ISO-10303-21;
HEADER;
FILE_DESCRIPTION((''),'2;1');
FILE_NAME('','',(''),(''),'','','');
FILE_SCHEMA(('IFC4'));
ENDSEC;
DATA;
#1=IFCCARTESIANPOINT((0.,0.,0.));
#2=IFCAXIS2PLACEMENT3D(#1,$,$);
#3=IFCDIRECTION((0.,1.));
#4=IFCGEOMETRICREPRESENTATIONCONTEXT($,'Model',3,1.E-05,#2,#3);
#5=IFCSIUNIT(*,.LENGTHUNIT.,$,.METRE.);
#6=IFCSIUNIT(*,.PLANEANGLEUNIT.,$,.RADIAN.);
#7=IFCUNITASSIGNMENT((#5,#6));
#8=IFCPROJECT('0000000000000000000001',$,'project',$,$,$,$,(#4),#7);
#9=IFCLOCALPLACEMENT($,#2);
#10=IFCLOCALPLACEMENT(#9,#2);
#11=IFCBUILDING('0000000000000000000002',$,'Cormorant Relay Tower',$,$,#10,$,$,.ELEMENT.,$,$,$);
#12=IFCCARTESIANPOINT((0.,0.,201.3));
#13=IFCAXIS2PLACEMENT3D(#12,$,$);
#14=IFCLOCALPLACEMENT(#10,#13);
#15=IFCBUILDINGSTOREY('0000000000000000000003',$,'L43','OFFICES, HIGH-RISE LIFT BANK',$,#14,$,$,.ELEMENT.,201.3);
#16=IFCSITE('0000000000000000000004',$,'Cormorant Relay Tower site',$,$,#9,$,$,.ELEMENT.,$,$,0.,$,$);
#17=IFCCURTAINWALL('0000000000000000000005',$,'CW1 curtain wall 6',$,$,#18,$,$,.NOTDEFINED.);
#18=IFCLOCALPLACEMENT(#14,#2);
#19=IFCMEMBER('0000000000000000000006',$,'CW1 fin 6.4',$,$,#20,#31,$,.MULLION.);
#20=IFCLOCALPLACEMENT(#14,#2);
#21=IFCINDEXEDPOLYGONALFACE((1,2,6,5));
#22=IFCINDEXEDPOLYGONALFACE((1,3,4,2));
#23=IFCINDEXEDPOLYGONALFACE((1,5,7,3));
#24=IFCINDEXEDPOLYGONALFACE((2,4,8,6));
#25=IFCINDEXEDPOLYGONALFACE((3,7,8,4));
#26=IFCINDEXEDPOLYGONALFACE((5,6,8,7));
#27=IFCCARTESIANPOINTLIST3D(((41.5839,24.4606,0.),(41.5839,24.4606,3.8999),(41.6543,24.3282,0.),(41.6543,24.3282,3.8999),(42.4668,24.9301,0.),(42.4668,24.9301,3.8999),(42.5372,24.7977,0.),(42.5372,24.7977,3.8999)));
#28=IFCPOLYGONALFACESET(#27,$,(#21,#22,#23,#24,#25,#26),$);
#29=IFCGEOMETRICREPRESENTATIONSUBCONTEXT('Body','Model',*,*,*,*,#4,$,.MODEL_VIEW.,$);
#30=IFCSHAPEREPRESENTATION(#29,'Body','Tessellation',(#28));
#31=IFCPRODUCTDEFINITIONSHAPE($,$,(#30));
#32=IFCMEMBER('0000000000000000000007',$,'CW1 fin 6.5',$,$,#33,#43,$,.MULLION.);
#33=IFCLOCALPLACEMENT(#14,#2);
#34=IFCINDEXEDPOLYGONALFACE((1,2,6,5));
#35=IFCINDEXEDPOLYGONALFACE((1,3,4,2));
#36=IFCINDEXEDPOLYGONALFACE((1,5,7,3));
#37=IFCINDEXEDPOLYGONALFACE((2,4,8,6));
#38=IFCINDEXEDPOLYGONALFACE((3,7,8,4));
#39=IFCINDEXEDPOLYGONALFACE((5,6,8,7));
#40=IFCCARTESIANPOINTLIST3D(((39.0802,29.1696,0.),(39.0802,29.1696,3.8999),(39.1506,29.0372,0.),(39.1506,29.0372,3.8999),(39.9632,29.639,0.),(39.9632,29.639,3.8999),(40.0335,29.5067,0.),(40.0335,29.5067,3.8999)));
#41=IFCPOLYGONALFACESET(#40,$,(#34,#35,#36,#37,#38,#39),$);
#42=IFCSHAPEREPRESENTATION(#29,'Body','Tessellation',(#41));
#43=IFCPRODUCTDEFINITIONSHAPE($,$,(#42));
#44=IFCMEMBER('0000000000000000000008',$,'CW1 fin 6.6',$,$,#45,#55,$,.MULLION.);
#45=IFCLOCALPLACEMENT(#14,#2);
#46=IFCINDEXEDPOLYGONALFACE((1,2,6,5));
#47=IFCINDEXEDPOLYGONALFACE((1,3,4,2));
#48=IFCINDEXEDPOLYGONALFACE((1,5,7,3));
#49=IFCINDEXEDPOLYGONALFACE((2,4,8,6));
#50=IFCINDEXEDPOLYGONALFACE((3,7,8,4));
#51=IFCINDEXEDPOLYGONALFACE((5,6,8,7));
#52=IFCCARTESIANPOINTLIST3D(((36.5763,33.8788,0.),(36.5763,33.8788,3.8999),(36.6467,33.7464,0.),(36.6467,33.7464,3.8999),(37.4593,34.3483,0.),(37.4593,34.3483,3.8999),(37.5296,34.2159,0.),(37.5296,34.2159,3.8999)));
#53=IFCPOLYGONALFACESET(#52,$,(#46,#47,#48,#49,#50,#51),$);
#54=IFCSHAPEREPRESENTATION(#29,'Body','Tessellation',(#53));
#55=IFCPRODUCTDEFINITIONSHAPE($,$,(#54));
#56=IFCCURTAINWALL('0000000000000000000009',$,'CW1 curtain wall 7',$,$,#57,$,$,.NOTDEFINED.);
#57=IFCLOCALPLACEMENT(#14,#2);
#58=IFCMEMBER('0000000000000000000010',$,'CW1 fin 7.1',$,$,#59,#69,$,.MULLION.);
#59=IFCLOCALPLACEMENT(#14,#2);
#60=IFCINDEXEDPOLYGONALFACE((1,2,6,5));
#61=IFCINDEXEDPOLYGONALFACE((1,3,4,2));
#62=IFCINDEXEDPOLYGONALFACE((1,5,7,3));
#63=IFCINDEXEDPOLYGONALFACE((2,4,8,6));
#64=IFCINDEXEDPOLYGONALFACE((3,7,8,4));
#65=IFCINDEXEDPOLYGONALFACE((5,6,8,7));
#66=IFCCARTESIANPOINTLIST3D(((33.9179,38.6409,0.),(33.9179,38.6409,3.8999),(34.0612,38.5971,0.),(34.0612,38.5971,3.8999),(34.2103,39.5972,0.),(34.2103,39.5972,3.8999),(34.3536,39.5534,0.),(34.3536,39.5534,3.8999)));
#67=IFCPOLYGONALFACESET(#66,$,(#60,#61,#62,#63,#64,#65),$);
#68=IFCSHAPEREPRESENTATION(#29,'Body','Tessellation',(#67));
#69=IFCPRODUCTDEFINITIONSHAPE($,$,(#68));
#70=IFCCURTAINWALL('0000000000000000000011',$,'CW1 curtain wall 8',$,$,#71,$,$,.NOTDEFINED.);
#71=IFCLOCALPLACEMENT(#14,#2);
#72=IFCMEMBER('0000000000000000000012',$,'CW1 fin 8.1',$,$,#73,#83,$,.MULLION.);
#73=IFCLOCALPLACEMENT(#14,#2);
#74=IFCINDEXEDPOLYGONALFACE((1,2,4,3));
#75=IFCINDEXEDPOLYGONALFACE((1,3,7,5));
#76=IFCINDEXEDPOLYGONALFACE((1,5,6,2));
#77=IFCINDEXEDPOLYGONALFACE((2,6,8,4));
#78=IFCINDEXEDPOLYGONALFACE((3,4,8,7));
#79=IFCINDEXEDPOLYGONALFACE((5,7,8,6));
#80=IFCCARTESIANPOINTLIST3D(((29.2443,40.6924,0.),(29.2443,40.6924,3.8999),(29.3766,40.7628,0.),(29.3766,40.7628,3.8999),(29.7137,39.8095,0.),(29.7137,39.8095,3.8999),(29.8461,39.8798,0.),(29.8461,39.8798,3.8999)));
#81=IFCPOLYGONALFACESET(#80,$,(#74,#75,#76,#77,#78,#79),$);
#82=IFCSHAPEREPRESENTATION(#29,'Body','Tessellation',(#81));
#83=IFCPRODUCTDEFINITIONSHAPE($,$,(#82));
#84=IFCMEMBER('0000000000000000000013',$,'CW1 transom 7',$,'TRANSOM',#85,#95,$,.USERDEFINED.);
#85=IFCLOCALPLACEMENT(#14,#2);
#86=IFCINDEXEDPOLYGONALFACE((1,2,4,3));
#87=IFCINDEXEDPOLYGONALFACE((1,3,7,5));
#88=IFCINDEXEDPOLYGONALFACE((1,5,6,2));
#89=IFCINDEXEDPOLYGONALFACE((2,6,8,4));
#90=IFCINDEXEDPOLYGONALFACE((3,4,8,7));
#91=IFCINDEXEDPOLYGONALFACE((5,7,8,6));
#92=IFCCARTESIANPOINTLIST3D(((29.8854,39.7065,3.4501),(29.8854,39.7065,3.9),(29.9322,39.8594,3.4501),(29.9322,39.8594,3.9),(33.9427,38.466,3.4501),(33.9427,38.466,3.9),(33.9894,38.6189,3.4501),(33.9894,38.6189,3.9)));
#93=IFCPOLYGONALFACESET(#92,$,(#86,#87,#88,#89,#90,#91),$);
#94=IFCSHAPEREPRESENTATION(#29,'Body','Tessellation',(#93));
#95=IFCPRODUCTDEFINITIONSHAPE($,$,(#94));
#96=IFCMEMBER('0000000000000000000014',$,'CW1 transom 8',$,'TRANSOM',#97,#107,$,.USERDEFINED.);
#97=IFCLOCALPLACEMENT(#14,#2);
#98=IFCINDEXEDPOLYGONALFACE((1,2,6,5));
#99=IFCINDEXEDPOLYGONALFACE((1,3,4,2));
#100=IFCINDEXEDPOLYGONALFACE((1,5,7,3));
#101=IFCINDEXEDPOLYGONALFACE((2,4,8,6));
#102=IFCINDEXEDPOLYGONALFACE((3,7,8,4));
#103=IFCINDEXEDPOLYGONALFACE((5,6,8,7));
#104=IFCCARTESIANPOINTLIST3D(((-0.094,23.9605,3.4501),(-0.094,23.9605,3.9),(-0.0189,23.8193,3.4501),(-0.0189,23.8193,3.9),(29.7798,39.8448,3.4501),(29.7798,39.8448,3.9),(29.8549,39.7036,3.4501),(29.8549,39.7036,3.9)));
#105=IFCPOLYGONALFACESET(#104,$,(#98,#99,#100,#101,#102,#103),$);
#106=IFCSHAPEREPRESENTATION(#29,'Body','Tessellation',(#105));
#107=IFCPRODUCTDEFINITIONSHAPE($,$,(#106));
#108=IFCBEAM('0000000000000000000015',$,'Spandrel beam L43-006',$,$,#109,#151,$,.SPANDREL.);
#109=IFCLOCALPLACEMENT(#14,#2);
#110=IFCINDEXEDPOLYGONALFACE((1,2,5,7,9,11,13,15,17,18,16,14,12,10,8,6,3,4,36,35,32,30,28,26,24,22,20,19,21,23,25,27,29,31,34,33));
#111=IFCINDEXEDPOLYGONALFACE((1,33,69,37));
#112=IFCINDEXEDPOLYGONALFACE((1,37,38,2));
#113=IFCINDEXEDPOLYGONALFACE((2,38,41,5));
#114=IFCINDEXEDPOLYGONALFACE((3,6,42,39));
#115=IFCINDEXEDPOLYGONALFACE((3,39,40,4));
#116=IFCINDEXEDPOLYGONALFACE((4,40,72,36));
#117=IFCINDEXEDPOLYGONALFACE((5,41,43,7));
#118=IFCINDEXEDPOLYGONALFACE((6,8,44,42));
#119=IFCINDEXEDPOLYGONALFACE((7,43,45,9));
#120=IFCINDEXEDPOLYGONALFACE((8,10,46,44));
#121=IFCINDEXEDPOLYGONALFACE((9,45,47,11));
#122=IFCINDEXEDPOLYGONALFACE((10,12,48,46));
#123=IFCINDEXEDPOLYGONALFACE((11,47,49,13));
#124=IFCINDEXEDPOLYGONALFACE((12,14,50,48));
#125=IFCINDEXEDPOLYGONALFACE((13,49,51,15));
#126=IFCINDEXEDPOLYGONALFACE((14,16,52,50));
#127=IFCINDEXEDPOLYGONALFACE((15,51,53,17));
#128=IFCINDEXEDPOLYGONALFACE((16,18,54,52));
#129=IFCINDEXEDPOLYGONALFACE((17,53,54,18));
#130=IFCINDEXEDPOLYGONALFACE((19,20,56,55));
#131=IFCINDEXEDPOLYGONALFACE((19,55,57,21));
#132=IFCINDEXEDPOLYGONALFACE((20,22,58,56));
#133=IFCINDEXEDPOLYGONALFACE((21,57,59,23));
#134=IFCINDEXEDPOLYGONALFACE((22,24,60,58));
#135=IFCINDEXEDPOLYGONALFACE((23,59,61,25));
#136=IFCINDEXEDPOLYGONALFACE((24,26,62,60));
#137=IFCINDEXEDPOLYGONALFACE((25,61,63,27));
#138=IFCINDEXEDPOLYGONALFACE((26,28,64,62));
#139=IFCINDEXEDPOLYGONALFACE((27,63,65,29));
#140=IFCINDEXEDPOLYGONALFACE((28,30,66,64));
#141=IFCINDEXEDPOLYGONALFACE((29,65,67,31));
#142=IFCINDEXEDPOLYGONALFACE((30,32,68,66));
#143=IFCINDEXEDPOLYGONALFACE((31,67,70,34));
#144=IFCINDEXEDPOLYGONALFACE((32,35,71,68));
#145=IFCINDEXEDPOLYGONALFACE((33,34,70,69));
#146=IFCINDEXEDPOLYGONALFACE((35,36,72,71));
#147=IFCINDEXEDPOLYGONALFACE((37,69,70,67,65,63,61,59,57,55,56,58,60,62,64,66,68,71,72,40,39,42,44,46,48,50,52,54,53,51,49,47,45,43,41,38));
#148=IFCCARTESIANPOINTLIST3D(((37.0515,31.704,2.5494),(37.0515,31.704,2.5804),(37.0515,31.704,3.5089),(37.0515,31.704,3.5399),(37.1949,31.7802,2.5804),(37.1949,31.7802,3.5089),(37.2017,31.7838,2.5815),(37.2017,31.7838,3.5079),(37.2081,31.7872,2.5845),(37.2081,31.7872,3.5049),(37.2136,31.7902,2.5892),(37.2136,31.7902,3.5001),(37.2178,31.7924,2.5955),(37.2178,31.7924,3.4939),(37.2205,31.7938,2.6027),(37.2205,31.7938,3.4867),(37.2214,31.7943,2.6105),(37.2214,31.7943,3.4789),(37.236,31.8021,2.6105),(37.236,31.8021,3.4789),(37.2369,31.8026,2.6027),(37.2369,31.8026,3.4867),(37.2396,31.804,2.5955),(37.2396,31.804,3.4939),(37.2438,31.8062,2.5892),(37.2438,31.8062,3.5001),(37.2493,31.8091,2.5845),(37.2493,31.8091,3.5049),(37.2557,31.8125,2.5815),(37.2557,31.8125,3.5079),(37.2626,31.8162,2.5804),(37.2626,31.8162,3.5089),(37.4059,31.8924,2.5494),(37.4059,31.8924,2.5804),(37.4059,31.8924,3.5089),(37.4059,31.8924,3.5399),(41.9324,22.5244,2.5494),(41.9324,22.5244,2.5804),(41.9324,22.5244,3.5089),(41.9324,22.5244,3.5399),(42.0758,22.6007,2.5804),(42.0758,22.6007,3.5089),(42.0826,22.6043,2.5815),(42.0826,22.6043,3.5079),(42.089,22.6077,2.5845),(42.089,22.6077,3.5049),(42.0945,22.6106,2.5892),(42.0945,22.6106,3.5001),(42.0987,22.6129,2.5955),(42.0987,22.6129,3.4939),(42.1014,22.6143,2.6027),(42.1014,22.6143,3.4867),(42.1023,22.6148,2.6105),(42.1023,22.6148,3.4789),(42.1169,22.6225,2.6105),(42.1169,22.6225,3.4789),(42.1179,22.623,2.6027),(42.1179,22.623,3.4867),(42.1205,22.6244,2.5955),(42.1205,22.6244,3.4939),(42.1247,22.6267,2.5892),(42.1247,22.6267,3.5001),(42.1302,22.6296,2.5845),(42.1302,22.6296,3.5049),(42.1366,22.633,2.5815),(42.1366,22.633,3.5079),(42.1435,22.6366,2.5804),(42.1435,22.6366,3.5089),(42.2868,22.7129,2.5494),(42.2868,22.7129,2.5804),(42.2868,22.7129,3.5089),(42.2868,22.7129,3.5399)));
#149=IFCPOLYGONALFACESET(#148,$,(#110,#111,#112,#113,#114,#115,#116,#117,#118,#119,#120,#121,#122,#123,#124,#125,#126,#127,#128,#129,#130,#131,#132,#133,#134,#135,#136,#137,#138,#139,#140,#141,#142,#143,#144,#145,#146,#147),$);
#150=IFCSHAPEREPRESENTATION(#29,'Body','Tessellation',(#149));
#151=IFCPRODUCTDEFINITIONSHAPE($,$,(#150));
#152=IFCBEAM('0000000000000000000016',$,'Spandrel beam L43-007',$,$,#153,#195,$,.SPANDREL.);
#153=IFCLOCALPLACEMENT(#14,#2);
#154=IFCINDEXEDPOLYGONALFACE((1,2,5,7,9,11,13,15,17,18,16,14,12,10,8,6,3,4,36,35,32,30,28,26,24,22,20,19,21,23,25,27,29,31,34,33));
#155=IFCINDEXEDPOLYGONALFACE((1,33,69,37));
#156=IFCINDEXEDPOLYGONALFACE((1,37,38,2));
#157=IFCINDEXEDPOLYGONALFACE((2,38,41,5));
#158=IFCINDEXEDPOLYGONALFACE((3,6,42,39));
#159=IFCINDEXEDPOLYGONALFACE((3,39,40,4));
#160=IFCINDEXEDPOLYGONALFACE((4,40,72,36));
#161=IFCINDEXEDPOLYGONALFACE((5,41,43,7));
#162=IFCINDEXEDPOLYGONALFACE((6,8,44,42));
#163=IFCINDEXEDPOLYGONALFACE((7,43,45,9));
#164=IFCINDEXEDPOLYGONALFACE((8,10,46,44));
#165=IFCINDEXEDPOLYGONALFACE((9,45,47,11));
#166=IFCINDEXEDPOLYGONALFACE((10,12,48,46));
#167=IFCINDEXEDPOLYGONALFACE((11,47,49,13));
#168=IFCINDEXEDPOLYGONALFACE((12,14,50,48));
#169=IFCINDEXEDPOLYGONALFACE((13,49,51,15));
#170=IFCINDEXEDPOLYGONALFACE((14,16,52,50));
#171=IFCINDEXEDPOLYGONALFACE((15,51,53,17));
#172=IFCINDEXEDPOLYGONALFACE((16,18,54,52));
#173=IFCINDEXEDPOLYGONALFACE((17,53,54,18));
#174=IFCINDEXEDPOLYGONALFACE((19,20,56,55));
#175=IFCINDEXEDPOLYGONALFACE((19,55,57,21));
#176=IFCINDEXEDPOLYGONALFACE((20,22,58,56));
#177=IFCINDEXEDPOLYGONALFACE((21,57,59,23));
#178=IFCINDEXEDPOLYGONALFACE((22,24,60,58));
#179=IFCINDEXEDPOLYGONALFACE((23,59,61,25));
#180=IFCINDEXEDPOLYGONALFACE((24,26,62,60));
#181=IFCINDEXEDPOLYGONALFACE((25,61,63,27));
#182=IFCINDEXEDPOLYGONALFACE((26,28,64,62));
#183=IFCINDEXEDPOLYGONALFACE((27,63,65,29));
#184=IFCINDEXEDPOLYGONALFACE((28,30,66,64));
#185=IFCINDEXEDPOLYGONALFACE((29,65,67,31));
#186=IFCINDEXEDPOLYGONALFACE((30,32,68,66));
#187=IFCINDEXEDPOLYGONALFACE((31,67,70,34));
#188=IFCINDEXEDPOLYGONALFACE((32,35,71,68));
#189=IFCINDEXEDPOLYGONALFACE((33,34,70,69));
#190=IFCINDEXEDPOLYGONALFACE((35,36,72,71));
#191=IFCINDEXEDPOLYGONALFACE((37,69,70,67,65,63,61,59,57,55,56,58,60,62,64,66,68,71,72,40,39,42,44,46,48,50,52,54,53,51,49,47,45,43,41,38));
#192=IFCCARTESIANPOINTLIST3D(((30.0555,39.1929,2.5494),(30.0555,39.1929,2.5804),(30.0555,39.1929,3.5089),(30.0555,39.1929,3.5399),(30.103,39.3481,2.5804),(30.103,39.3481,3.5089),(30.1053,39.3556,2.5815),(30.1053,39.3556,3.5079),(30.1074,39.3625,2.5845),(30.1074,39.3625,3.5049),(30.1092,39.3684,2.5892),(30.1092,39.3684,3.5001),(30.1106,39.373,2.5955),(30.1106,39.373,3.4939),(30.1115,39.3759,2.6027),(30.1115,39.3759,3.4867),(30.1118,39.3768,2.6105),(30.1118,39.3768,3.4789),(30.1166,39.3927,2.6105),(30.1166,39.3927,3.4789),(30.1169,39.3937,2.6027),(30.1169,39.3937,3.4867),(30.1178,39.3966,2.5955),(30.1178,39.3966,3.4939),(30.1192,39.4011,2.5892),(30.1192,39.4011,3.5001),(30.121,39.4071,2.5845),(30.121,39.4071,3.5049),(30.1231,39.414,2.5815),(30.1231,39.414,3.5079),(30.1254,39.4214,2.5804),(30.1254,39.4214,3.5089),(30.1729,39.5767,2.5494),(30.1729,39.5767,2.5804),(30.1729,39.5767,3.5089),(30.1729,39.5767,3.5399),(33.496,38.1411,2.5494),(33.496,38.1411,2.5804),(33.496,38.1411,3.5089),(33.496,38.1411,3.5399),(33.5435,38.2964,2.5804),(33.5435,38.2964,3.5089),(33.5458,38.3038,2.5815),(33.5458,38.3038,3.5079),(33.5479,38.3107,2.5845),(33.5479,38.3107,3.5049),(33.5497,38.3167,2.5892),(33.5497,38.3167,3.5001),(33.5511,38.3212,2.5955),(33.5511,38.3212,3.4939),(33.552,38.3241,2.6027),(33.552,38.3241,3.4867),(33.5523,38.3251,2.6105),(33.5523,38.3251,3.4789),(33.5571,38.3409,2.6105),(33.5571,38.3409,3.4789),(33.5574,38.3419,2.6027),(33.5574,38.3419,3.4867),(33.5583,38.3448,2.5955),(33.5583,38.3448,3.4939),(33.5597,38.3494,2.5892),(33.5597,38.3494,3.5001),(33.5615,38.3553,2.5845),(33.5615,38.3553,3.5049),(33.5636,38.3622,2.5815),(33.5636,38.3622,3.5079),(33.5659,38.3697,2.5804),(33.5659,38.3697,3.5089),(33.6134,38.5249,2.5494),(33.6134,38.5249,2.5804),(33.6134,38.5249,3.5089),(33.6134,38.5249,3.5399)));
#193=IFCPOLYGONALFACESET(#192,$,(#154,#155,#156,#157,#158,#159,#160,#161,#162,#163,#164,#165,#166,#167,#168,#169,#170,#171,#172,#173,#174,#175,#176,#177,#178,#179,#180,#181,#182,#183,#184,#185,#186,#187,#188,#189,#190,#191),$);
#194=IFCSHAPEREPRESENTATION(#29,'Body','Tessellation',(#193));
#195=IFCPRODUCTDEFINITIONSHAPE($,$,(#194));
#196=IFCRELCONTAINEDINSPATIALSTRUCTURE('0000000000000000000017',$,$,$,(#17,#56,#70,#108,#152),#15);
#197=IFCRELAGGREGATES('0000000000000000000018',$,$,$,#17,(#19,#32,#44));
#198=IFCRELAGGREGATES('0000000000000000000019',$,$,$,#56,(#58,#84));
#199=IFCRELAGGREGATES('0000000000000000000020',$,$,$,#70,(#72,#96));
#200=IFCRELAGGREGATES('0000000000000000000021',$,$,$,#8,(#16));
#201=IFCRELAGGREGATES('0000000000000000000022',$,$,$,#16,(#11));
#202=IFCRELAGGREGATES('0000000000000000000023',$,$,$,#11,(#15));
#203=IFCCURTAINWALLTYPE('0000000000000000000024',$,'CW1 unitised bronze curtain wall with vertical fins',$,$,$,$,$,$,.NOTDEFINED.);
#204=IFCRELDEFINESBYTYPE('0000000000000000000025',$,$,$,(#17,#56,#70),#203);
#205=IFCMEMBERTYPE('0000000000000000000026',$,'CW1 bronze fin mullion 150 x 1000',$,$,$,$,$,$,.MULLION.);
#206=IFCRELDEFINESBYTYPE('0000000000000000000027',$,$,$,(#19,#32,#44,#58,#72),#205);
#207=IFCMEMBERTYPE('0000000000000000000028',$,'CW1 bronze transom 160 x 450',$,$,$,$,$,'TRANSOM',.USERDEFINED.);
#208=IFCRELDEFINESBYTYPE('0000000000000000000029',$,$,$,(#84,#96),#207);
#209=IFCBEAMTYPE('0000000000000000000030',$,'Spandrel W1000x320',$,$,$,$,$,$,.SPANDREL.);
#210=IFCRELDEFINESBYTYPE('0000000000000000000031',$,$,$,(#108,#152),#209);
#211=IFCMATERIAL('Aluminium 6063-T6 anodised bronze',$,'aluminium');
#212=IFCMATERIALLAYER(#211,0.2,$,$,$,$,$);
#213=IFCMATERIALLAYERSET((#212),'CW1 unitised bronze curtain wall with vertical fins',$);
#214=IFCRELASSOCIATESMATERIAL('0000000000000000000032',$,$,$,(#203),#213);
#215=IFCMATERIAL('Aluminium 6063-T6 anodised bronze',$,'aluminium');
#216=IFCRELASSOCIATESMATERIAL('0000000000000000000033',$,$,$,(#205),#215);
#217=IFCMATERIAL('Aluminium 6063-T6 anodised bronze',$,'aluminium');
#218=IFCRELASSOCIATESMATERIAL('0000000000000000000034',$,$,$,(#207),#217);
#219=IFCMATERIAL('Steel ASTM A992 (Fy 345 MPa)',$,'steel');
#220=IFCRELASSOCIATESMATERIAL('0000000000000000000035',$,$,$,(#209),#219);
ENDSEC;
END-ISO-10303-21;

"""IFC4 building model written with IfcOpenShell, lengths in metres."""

from ifc_helpers import new_model, si_unit, direction, frame, origin, origin_2d, place, context, subcontext, project, spatial, rectangle, i_section, extrude, material, layer, layer_set, material_profile, profile_set, type_object, element, aggregate, save


model = new_model("IFC4")

# Units and contexts
model_context = context("Model", 3, precision=1e-05, world=origin(), true_north=direction((0.0, 1.0)))
body_context = subcontext(model_context, "Body", "Model", "MODEL_VIEW")
ifc_project = project(units=[si_unit("LENGTHUNIT", "METRE"), si_unit("PLANEANGLEUNIT", "RADIAN")], contexts=[model_context])

# Site, building, storey
site_placement = place(None, origin())
site = spatial("IfcSite", under=ifc_project, at=site_placement, Name="Cormorant Relay Tower site", CompositionType="ELEMENT", RefElevation=0.0)
building_placement = place(site_placement, origin())
building = spatial("IfcBuilding", under=site, at=building_placement, Name="Cormorant Relay Tower", CompositionType="ELEMENT")
storey_placement = place(building_placement, frame((0.0, 0.0, 201.3)))
storey = spatial("IfcBuildingStorey", under=building, at=storey_placement, Name="L43", Description="OFFICES, HIGH-RISE LIFT BANK", CompositionType="ELEMENT", Elevation=201.3)

# Curtain wall, members
ifc_material_1 = material(Name="Aluminium 6063-T6 anodised bronze", Category="aluminium")
ifc_layer_1 = layer(ifc_material_1, 0.2)
ifc_layer_set_1 = layer_set([ifc_layer_1], Name="CW1 unitised bronze curtain wall with vertical fins")
curtain_wall_type = type_object("IfcCurtainWallType", Name="CW1 unitised bronze curtain wall with vertical fins", PredefinedType="NOTDEFINED", material=ifc_layer_set_1)
curtain_wall_1_placement = place(storey_placement, origin())
curtain_wall_1 = element("IfcCurtainWall", 1, at=curtain_wall_1_placement, inside=storey, type_object=curtain_wall_type, Name="CW1 curtain wall 6", PredefinedType="NOTDEFINED")
ifc_material_2 = material(Name="Aluminium 6063-T6 anodised bronze", Category="aluminium")
ifc_material_profile_1 = material_profile(ifc_material_2, rectangle(XDim=0.1499, YDim=1.0, at=origin_2d()), Name="AL 150x1000")
ifc_profile_set_1 = profile_set([ifc_material_profile_1], Name="Aluminium 6063-T6 anodised bronze")
member_type_1 = type_object("IfcMemberType", Name="CW1 bronze fin mullion 150 x 1000", PredefinedType="MULLION", material=ifc_profile_set_1)
member_1_placement = place(storey_placement, frame((42.0605, 24.6292, 0.0), z_axis=(0.0, 0.0, 1.0), x_axis=(-0.469472, 0.882948, 0.0)))
member_1 = element("IfcMember", 2, at=member_1_placement, type_object=member_type_1, Name="CW1 fin 6.4", PredefinedType="MULLION", context=body_context, shape_type="SweptSolid", body=[
    extrude(rectangle(XDim=0.1499, YDim=1.0, at=origin_2d()), origin(), (0.0, 0.0, 1.0), 3.8999),
])
member_2_placement = place(storey_placement, frame((39.5569, 29.3381, 0.0), z_axis=(0.0, 0.0, 1.0), x_axis=(-0.469472, 0.882948, 0.0)))
member_2 = element("IfcMember", 3, at=member_2_placement, type_object=member_type_1, Name="CW1 fin 6.5", PredefinedType="MULLION", context=body_context, shape_type="SweptSolid", body=[
    extrude(rectangle(XDim=0.1499, YDim=1.0, at=origin_2d()), origin(), (0.0, 0.0, 1.0), 3.8999),
])
member_3_placement = place(storey_placement, frame((37.053, 34.0474, 0.0), z_axis=(0.0, 0.0, 1.0), x_axis=(-0.469472, 0.882948, 0.0)))
member_3 = element("IfcMember", 4, at=member_3_placement, type_object=member_type_1, Name="CW1 fin 6.6", PredefinedType="MULLION", context=body_context, shape_type="SweptSolid", body=[
    extrude(rectangle(XDim=0.1499, YDim=1.0, at=origin_2d()), origin(), (0.0, 0.0, 1.0), 3.8999),
])

# Curtain walls, members
curtain_wall_2_placement = place(storey_placement, origin())
curtain_wall_2 = element("IfcCurtainWall", 5, at=curtain_wall_2_placement, inside=storey, type_object=curtain_wall_type, Name="CW1 curtain wall 7", PredefinedType="NOTDEFINED")
member_4_placement = place(storey_placement, frame((34.1357, 39.0972, 0.0), z_axis=(0.0, 0.0, 1.0), x_axis=(-0.956305, 0.292372, 0.0)))
member_4 = element("IfcMember", 6, at=member_4_placement, type_object=member_type_1, Name="CW1 fin 7.1", PredefinedType="MULLION", context=body_context, shape_type="SweptSolid", body=[
    extrude(rectangle(XDim=0.1499, YDim=1.0, at=origin_2d()), origin(), (0.0, 0.0, 1.0), 3.8999),
])
curtain_wall_3_placement = place(storey_placement, origin())
curtain_wall_3 = element("IfcCurtainWall", 7, at=curtain_wall_3_placement, inside=storey, type_object=curtain_wall_type, Name="CW1 curtain wall 8", PredefinedType="NOTDEFINED")
member_5_placement = place(storey_placement, frame((29.5452, 40.2861, 0.0), z_axis=(0.0, 0.0, 1.0), x_axis=(-0.882948, -0.469472, 0.0)))
member_5 = element("IfcMember", 8, at=member_5_placement, type_object=member_type_1, Name="CW1 fin 8.1", PredefinedType="MULLION", context=body_context, shape_type="SweptSolid", body=[
    extrude(rectangle(XDim=0.1499, YDim=1.0, at=origin_2d()), origin(), (0.0, 0.0, 1.0), 3.8999),
])

# Members
ifc_material_3 = material(Name="Aluminium 6063-T6 anodised bronze", Category="aluminium")
ifc_material_profile_2 = material_profile(ifc_material_3, rectangle(XDim=0.1599, YDim=0.45, at=origin_2d()), Name="AL 160x450")
ifc_profile_set_2 = profile_set([ifc_material_profile_2], Name="Aluminium 6063-T6 anodised bronze")
member_type_2 = type_object("IfcMemberType", Name="CW1 bronze transom 160 x 450", ElementType="TRANSOM", PredefinedType="USERDEFINED", material=ifc_profile_set_2)
member_6_placement = place(storey_placement, frame((33.9661, 38.5425, 3.675), z_axis=(-0.956304, 0.292375, 0.0), x_axis=(-0.292375, -0.956304, 0.0)))
member_6 = element("IfcMember", 9, at=member_6_placement, type_object=member_type_2, Name="CW1 transom 7", ObjectType="TRANSOM", PredefinedType="USERDEFINED", context=body_context, shape_type="SweptSolid", body=[
    extrude(rectangle(XDim=0.1599, YDim=0.45, at=origin_2d()), origin(), (0.0, 0.0, 1.0), 4.2427),
])
member_7_placement = place(storey_placement, frame((29.8174, 39.7742, 3.675), z_axis=(-0.882946, -0.469474, 0.0), x_axis=(0.469474, -0.882946, 0.0)))
member_7 = element("IfcMember", 10, at=member_7_placement, type_object=member_type_2, Name="CW1 transom 8", ObjectType="TRANSOM", PredefinedType="USERDEFINED", context=body_context, shape_type="SweptSolid", body=[
    extrude(rectangle(XDim=0.1599, YDim=0.45, at=origin_2d()), origin(), (0.0, 0.0, 1.0), 33.8342),
])

# Beams
ifc_material_4 = material(Name="Steel ASTM A992 (Fy 345 MPa)", Category="steel")
ifc_material_profile_3 = material_profile(ifc_material_4, i_section(OverallWidth=0.4014, OverallDepth=0.9905, WebThickness=0.0166, FlangeThickness=0.031, FilletRadius=0.03, at=origin_2d()), Name="W1000x320")
ifc_profile_set_3 = profile_set([ifc_material_profile_3], Name="Steel ASTM A992 (Fy 345 MPa)")
beam_type_1 = type_object("IfcBeamType", Name="Spandrel W1000x320", PredefinedType="SPANDREL", material=ifc_profile_set_3)
beam_1_placement = place(storey_placement, frame((42.1096, 22.6187, 3.0447), z_axis=(-0.469476, 0.882945, 0.0), x_axis=(-0.882945, -0.469476, 0.0)))
element("IfcBeam", 11, at=beam_1_placement, inside=storey, type_object=beam_type_1, Name="Spandrel beam L43-006", PredefinedType="SPANDREL", context=body_context, shape_type="SweptSolid", body=[
    extrude(i_section(OverallWidth=0.4014, OverallDepth=0.9905, WebThickness=0.0166, FlangeThickness=0.031, FilletRadius=0.03, at=origin_2d()), origin(), (0.0, 0.0, 1.0), 10.3965),
])
beam_2_placement = place(storey_placement, frame((33.5547, 38.333, 3.0447), z_axis=(-0.956312, 0.29235, 0.0), x_axis=(-0.29235, -0.956312, 0.0)))
element("IfcBeam", 12, at=beam_2_placement, inside=storey, type_object=beam_type_1, Name="Spandrel beam L43-007", PredefinedType="SPANDREL", context=body_context, shape_type="SweptSolid", body=[
    extrude(i_section(OverallWidth=0.4014, OverallDepth=0.9905, WebThickness=0.0166, FlangeThickness=0.031, FilletRadius=0.03, at=origin_2d()), origin(), (0.0, 0.0, 1.0), 3.5977),
])

aggregate(curtain_wall_1, [member_1, member_2, member_3])
aggregate(curtain_wall_2, [member_4, member_6])
aggregate(curtain_wall_3, [member_5, member_7])

save(model, "model.ifc")
